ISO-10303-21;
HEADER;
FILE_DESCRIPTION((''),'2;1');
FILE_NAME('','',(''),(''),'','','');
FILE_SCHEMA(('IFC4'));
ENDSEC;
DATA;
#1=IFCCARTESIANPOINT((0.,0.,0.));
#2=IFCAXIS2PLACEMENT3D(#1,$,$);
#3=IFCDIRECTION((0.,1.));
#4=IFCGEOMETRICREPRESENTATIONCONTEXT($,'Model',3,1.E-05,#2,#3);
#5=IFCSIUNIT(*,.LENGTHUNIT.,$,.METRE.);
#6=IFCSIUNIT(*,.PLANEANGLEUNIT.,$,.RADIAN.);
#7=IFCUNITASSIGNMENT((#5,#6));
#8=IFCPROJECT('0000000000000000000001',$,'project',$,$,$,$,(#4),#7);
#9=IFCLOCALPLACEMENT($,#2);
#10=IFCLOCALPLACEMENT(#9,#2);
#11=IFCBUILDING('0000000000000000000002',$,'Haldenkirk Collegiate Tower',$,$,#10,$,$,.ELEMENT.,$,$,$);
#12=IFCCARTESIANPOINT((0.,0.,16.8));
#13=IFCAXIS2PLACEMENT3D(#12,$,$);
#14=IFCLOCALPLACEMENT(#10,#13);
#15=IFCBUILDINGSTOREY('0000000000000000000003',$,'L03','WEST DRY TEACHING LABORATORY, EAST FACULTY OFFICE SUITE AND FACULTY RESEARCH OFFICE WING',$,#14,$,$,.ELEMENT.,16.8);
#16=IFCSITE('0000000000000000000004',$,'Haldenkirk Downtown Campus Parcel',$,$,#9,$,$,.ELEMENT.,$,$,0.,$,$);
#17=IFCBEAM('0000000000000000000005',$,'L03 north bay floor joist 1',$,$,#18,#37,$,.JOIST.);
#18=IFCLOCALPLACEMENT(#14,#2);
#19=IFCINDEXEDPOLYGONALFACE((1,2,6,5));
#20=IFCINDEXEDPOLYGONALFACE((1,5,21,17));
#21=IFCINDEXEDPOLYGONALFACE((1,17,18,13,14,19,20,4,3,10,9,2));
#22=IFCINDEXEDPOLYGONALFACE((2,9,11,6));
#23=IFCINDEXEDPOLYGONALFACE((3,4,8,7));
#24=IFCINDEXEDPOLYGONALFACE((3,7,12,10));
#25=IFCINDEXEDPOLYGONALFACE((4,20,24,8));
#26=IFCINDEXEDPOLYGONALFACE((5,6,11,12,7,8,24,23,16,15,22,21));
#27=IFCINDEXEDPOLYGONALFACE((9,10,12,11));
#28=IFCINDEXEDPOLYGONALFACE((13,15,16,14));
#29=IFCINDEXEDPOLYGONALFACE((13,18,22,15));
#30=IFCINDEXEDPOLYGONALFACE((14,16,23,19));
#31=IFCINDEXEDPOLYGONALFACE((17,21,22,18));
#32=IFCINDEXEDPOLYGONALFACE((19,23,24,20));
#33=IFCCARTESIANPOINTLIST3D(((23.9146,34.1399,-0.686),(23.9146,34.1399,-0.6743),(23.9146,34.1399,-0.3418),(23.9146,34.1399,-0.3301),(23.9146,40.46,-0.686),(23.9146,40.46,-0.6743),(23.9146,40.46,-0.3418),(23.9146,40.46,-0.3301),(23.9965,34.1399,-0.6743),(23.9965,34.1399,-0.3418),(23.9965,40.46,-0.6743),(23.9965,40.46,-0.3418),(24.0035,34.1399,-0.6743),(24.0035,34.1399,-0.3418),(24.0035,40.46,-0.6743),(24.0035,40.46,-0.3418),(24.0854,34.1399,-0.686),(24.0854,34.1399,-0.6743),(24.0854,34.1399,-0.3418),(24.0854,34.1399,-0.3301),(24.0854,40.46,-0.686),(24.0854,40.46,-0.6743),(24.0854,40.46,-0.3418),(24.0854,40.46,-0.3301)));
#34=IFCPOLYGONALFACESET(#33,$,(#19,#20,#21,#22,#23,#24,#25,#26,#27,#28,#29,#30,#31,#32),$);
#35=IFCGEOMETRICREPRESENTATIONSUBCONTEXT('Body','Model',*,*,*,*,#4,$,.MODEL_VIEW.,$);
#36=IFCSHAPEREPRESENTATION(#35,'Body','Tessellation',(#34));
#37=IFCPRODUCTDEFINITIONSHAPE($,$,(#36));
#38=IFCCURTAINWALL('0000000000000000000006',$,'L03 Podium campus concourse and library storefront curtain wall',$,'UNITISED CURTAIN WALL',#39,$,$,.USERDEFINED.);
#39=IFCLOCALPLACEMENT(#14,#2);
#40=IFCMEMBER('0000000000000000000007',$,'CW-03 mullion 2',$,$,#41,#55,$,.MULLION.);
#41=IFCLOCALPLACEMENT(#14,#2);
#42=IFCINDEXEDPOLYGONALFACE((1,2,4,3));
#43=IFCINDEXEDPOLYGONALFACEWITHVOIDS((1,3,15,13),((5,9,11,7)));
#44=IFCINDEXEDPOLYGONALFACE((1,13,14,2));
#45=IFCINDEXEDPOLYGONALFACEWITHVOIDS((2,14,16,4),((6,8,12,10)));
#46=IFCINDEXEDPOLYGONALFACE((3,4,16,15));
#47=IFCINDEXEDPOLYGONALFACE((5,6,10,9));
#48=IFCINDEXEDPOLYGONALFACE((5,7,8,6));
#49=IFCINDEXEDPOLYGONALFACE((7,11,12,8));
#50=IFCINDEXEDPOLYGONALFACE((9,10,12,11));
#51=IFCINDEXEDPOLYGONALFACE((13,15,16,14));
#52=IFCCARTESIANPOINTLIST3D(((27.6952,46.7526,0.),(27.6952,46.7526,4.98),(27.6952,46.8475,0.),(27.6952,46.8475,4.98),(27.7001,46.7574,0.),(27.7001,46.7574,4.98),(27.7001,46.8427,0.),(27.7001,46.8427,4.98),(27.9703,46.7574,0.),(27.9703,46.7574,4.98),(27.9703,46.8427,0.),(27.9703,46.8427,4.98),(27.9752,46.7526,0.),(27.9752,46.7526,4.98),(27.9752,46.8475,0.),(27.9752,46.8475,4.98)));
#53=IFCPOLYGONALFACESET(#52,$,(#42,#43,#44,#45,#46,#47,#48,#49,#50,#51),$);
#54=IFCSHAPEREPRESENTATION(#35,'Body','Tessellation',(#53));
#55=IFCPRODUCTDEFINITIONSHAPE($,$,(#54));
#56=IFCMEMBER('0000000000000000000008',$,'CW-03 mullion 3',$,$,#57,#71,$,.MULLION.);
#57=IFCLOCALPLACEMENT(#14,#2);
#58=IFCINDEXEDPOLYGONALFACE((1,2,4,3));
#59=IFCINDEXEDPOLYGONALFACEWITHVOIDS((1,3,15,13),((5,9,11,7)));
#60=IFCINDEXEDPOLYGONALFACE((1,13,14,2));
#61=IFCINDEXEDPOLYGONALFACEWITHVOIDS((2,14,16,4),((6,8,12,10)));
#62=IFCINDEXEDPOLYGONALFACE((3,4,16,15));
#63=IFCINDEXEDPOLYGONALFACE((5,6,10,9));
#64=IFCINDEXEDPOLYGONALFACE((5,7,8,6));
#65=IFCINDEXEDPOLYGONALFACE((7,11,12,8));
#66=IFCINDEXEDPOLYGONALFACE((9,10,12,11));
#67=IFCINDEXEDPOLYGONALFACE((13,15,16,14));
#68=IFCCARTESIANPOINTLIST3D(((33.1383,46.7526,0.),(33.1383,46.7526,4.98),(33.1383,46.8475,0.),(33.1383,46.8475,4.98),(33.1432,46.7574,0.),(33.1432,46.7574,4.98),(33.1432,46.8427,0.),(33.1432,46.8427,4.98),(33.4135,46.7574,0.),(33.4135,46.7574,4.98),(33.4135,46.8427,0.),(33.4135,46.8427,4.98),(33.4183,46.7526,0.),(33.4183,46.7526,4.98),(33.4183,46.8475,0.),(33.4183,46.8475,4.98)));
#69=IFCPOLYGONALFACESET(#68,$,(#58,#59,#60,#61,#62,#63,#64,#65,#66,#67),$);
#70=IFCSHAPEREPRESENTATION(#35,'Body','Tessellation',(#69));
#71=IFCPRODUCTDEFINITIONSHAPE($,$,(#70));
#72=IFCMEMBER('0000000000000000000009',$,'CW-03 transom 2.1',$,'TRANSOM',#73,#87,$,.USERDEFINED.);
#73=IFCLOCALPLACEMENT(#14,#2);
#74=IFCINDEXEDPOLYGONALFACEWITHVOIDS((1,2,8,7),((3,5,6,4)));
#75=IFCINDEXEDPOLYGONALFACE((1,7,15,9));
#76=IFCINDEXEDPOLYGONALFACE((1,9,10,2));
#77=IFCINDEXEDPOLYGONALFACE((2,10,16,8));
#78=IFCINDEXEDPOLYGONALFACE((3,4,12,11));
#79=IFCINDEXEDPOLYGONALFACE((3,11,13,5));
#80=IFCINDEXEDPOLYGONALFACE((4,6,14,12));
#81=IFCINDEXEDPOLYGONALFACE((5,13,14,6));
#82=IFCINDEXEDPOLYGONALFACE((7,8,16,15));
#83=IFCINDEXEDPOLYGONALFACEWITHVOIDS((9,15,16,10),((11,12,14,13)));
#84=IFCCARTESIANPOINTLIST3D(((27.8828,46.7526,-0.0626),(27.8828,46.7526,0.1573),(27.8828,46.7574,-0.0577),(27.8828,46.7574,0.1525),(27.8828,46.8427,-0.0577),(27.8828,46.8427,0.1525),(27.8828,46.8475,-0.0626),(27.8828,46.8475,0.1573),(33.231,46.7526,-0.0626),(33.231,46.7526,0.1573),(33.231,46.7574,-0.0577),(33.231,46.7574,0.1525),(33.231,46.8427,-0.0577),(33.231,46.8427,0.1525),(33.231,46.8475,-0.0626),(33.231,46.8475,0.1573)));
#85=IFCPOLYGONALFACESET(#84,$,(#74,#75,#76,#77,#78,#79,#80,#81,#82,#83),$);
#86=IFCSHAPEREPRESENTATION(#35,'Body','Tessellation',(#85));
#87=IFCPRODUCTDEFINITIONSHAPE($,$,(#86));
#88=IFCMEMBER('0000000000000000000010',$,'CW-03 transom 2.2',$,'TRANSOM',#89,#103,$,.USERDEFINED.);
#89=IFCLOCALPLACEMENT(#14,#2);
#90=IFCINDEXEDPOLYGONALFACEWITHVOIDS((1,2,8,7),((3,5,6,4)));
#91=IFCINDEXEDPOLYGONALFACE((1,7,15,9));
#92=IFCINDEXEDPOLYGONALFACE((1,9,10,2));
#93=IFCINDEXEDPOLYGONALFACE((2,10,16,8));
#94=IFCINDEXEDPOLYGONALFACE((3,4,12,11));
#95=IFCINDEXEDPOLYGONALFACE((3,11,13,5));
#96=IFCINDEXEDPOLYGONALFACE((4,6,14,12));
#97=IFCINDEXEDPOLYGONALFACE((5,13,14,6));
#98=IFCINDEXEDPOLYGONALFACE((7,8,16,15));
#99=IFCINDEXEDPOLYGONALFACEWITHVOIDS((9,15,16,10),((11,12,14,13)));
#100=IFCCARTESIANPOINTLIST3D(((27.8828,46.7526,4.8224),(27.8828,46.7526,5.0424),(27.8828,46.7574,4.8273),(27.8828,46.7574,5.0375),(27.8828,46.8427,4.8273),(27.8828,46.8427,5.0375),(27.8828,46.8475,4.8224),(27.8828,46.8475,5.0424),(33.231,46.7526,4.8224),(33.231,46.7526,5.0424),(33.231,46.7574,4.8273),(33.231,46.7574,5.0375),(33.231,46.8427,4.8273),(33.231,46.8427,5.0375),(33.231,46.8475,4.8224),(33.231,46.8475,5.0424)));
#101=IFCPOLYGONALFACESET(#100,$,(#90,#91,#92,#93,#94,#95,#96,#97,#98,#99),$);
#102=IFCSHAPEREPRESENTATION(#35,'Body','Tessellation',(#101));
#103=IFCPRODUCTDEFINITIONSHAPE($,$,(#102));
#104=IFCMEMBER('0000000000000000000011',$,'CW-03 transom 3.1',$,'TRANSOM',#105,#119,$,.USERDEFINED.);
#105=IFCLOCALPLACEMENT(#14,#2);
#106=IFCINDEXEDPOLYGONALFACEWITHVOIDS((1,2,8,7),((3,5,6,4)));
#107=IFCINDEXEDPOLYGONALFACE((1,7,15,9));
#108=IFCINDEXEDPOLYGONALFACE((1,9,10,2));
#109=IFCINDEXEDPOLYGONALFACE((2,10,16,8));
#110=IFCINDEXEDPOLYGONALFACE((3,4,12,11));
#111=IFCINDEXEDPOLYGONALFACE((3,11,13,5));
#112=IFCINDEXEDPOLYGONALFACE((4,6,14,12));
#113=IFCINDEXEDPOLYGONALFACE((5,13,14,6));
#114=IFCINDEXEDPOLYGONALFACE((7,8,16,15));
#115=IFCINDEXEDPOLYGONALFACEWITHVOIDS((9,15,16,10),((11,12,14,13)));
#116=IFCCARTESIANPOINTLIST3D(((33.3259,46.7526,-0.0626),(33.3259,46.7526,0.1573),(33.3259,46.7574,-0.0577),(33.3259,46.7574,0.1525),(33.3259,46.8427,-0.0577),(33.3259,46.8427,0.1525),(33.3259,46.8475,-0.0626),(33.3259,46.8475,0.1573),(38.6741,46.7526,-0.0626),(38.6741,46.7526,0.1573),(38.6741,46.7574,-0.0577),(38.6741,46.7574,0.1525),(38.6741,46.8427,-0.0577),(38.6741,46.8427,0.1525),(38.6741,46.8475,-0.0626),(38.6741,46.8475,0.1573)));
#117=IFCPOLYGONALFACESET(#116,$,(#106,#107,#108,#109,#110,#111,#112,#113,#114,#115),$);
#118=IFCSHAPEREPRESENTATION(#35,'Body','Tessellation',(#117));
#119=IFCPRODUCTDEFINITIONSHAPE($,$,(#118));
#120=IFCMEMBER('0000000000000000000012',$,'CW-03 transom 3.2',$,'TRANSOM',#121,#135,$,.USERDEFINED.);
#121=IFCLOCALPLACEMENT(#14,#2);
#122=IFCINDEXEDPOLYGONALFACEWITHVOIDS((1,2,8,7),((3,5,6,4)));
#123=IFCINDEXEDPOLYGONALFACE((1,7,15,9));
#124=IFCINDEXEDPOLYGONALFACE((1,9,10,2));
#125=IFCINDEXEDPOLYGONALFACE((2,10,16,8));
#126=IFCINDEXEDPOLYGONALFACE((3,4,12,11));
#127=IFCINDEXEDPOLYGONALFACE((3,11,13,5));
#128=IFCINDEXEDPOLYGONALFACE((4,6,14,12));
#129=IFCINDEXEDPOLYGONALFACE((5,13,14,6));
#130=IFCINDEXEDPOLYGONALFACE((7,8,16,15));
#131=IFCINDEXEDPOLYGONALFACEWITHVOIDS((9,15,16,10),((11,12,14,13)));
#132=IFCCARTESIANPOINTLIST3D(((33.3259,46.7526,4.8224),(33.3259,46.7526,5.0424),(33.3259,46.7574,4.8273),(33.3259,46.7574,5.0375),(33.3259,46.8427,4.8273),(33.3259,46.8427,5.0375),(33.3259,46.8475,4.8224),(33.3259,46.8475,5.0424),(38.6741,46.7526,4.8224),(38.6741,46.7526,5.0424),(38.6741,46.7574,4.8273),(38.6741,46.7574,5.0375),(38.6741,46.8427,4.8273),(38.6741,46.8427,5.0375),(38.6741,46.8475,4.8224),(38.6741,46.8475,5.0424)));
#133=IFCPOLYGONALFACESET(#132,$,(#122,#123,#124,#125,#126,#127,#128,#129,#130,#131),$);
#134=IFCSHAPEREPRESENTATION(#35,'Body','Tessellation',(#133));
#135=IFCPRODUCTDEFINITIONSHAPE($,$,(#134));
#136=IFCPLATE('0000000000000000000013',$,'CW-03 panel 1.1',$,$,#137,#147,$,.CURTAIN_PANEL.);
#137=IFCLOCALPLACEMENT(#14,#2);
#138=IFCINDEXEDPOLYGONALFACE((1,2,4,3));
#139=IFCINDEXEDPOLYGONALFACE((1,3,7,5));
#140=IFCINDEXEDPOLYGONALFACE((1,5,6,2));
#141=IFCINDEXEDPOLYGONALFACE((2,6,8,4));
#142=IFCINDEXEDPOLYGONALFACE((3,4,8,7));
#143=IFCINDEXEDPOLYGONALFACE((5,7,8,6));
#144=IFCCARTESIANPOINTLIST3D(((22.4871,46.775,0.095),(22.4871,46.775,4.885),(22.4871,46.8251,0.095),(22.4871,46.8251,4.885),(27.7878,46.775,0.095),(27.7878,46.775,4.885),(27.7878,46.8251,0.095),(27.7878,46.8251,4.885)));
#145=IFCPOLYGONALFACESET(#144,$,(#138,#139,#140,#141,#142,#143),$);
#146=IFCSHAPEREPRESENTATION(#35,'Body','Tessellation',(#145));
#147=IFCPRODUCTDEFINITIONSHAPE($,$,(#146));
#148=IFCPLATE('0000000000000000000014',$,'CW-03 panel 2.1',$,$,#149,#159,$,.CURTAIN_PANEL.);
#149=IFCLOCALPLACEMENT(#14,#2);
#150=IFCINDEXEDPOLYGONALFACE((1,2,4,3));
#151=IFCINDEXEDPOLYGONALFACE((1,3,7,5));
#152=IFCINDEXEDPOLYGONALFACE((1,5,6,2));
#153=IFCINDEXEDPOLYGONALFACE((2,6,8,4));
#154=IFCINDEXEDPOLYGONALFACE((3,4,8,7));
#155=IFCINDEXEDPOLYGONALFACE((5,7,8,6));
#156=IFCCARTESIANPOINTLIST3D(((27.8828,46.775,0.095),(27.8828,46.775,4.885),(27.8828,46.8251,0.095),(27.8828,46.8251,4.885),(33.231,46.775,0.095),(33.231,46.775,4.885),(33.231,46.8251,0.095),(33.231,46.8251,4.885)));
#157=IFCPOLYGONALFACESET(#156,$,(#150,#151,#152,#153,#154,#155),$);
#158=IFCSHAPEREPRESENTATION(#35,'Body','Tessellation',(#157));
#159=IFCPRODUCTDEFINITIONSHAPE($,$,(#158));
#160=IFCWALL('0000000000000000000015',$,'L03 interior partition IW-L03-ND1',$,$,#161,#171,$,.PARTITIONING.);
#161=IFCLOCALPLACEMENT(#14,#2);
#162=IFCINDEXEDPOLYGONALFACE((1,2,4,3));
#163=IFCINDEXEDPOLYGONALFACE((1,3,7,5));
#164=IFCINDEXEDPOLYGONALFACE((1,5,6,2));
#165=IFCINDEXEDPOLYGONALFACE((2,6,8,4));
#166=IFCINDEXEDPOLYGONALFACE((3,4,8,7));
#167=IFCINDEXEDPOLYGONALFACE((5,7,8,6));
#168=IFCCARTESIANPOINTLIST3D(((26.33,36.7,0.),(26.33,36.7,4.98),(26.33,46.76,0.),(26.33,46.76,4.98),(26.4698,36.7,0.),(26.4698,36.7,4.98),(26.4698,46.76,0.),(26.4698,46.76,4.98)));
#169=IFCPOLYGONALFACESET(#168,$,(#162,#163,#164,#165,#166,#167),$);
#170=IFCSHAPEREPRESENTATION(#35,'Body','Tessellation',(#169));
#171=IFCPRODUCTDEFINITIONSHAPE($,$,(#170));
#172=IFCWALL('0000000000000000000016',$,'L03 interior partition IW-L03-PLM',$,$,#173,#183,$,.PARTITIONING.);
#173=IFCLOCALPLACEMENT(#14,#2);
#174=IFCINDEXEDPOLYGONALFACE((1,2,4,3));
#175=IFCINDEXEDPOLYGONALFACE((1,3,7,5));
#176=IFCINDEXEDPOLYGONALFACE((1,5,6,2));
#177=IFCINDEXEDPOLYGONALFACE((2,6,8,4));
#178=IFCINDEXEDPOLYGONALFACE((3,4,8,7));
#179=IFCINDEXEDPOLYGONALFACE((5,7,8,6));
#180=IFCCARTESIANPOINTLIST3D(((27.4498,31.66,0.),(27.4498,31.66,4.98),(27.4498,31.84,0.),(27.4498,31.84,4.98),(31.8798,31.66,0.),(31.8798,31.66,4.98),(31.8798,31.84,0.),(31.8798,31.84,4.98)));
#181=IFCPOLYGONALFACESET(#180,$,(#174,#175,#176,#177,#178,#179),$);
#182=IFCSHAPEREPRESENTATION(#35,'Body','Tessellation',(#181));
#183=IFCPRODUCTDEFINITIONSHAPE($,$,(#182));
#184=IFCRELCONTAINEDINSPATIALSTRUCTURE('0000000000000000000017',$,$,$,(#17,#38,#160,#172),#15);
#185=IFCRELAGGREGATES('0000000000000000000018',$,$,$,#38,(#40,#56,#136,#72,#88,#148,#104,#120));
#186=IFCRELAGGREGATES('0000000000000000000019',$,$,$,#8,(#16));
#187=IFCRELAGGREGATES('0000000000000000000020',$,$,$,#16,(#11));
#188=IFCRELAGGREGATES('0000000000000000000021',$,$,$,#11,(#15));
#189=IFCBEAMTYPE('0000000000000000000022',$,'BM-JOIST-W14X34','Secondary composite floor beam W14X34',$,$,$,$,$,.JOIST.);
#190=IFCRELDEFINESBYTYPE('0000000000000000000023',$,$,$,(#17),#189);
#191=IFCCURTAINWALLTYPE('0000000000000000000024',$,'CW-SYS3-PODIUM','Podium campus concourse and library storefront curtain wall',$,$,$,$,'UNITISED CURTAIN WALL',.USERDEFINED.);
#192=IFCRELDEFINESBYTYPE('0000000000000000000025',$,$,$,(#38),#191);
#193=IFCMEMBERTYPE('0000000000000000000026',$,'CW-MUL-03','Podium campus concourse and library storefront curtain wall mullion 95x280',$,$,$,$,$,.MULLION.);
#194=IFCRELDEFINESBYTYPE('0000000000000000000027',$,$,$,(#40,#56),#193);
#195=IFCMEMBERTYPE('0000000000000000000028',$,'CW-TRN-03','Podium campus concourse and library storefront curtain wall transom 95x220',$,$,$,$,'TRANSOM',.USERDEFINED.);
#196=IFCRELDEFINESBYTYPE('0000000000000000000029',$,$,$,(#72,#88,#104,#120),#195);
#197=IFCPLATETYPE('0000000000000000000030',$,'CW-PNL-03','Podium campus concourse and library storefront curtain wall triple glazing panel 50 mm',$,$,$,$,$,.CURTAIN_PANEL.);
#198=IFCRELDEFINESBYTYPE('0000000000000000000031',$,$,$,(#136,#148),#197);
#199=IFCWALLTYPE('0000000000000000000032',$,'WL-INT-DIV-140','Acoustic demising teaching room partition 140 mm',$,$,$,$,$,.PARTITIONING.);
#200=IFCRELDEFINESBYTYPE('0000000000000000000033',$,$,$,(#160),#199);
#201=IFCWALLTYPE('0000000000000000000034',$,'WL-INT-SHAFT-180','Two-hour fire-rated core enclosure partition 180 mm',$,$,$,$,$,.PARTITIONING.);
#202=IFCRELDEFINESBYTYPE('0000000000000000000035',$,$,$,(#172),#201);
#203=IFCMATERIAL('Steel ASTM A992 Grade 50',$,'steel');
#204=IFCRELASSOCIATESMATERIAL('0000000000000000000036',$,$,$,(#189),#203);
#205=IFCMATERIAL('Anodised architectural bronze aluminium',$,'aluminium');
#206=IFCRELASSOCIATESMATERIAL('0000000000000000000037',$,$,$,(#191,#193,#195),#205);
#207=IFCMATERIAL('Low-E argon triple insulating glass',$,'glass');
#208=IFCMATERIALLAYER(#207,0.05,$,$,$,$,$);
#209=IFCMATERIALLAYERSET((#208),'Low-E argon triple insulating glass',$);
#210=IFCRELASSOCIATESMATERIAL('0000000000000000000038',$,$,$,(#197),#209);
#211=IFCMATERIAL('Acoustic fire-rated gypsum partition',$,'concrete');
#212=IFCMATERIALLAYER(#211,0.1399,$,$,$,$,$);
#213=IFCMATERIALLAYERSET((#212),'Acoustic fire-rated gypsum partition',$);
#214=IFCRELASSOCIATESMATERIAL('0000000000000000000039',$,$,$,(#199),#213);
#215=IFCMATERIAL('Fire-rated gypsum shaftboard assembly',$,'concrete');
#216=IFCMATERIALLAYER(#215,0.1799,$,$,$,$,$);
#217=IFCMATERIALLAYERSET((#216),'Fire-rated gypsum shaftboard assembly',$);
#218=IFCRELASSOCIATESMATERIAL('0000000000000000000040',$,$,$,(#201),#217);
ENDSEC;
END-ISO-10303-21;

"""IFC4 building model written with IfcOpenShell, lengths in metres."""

from ifc_helpers import new_model, si_unit, direction, frame, frame_2d, origin, origin_2d, place, context, subcontext, project, spatial, rectangle, hollow_rectangle, i_section, extrude, source, transform, mapped, material, layer, layer_set, material_profile, profile_set, type_object, element, aggregate, save


model = new_model("IFC4")

# Units and contexts
model_context = context("Model", 3, precision=1e-05, world=origin(), true_north=direction((0.0, 1.0)))
body_context = subcontext(model_context, "Body", "Model", "MODEL_VIEW")
ifc_project = project(units=[si_unit("LENGTHUNIT", "METRE"), si_unit("PLANEANGLEUNIT", "RADIAN")], contexts=[model_context])

# Site, building, storey
site_placement = place(None, origin())
site = spatial("IfcSite", under=ifc_project, at=site_placement, Name="Haldenkirk Downtown Campus Parcel", CompositionType="ELEMENT", RefElevation=0.0)
building_placement = place(site_placement, origin())
building = spatial("IfcBuilding", under=site, at=building_placement, Name="Haldenkirk Collegiate Tower", CompositionType="ELEMENT")
storey_placement = place(building_placement, frame((0.0, 0.0, 16.8)))
storey = spatial("IfcBuildingStorey", under=building, at=storey_placement, Name="L03", Description="WEST DRY TEACHING LABORATORY, EAST FACULTY OFFICE SUITE AND FACULTY RESEARCH OFFICE WING", CompositionType="ELEMENT", Elevation=16.8)

# Beam
ifc_material_1 = material(Name="Steel ASTM A992 Grade 50", Category="steel")
ifc_material_profile_1 = material_profile(ifc_material_1, i_section(OverallWidth=0.1709, OverallDepth=0.356, WebThickness=0.0071, FlangeThickness=0.0117, at=origin_2d()), Name="W14X34")
ifc_profile_set_1 = profile_set([ifc_material_profile_1], Name="Steel ASTM A992 Grade 50")
beam_type = type_object("IfcBeamType", Name="BM-JOIST-W14X34", Description="Secondary composite floor beam W14X34", PredefinedType="JOIST", material=ifc_profile_set_1)
beam_placement = place(storey_placement, frame((24.0, 34.1399, -0.5081), z_axis=(0.0, 1.0, 0.0), x_axis=(-1.0, 0.0, 0.0)))
element("IfcBeam", 1, at=beam_placement, inside=storey, type_object=beam_type, Name="L03 north bay floor joist 1", PredefinedType="JOIST", context=body_context, shape_type="SweptSolid", body=[
    extrude(i_section(OverallWidth=0.1709, OverallDepth=0.356, WebThickness=0.0071, FlangeThickness=0.0117, at=origin_2d()), origin(), (0.0, 0.0, 1.0), 6.3201),
])

# Curtain wall, members, plates
ifc_material_2 = material(Name="Anodised architectural bronze aluminium", Category="aluminium")
curtain_wall_type = type_object("IfcCurtainWallType", Name="CW-SYS3-PODIUM", Description="Podium campus concourse and library storefront curtain wall", ElementType="UNITISED CURTAIN WALL", PredefinedType="USERDEFINED", material=ifc_material_2)
curtain_wall_placement = place(storey_placement, origin())
curtain_wall = element("IfcCurtainWall", 2, at=curtain_wall_placement, inside=storey, type_object=curtain_wall_type, Name="L03 Podium campus concourse and library storefront curtain wall", ObjectType="UNITISED CURTAIN WALL", PredefinedType="USERDEFINED")
ifc_material_profile_2 = material_profile(ifc_material_2, hollow_rectangle(XDim=0.095, YDim=0.28, WallThickness=0.0049, at=origin_2d()), Name="CW-MUL-03")
ifc_profile_set_2 = profile_set([ifc_material_profile_2], Name="Anodised architectural bronze aluminium")
member_type_1 = type_object("IfcMemberType", Name="CW-MUL-03", Description="Podium campus concourse and library storefront curtain wall mullion 95x280", PredefinedType="MULLION", material=ifc_profile_set_2)
member_1_placement = place(storey_placement, frame((27.8352, 46.8, 0.0), z_axis=(0.0, 0.0, 1.0), x_axis=(0.0, 1.0, 0.0)))
member_1 = element("IfcMember", 3, at=member_1_placement, type_object=member_type_1, Name="CW-03 mullion 2", PredefinedType="MULLION", context=body_context, shape_type="SweptSolid", body=[
    extrude(hollow_rectangle(XDim=0.095, YDim=0.28, WallThickness=0.0049, at=origin_2d()), origin(), (0.0, 0.0, 1.0), 4.98),
])
member_2_placement = place(storey_placement, frame((33.2783, 46.8, 0.0), z_axis=(0.0, 0.0, 1.0), x_axis=(0.0, 1.0, 0.0)))
member_2 = element("IfcMember", 4, at=member_2_placement, type_object=member_type_1, Name="CW-03 mullion 3", PredefinedType="MULLION", context=body_context, shape_type="SweptSolid", body=[
    extrude(hollow_rectangle(XDim=0.095, YDim=0.28, WallThickness=0.0049, at=origin_2d()), origin(), (0.0, 0.0, 1.0), 4.98),
])
ifc_material_profile_3 = material_profile(ifc_material_2, hollow_rectangle(XDim=0.095, YDim=0.22, WallThickness=0.0049, at=origin_2d()), Name="CW-TRN-03")
ifc_profile_set_3 = profile_set([ifc_material_profile_3], Name="Anodised architectural bronze aluminium")
member_type_2 = type_object("IfcMemberType", Name="CW-TRN-03", Description="Podium campus concourse and library storefront curtain wall transom 95x220", ElementType="TRANSOM", PredefinedType="USERDEFINED", material=ifc_profile_set_3)
member_3_placement = place(storey_placement, frame((27.8828, 46.8, 0.0474), z_axis=(1.0, 0.0, 0.0), x_axis=(0.0, 1.0, 0.0)))
member_3 = element("IfcMember", 5, at=member_3_placement, type_object=member_type_2, Name="CW-03 transom 2.1", ObjectType="TRANSOM", PredefinedType="USERDEFINED", context=body_context, shape_type="SweptSolid", body=[
    extrude(hollow_rectangle(XDim=0.095, YDim=0.22, WallThickness=0.0049, at=origin_2d()), origin(), (0.0, 0.0, 1.0), 5.3481),
])
member_4_placement = place(storey_placement, frame((27.8828, 46.8, 4.9324), z_axis=(1.0, 0.0, 0.0), x_axis=(0.0, 1.0, 0.0)))
member_4 = element("IfcMember", 6, at=member_4_placement, type_object=member_type_2, Name="CW-03 transom 2.2", ObjectType="TRANSOM", PredefinedType="USERDEFINED", context=body_context, shape_type="SweptSolid", body=[
    extrude(hollow_rectangle(XDim=0.095, YDim=0.22, WallThickness=0.0049, at=origin_2d()), origin(), (0.0, 0.0, 1.0), 5.3481),
])
member_5_placement = place(storey_placement, frame((33.3259, 46.8, 0.0474), z_axis=(1.0, 0.0, 0.0), x_axis=(0.0, 1.0, 0.0)))
member_5 = element("IfcMember", 7, at=member_5_placement, type_object=member_type_2, Name="CW-03 transom 3.1", ObjectType="TRANSOM", PredefinedType="USERDEFINED", context=body_context, shape_type="SweptSolid", body=[
    extrude(hollow_rectangle(XDim=0.095, YDim=0.22, WallThickness=0.0049, at=origin_2d()), origin(), (0.0, 0.0, 1.0), 5.3481),
])
member_6_placement = place(storey_placement, frame((33.3259, 46.8, 4.9324), z_axis=(1.0, 0.0, 0.0), x_axis=(0.0, 1.0, 0.0)))
member_6 = element("IfcMember", 8, at=member_6_placement, type_object=member_type_2, Name="CW-03 transom 3.2", ObjectType="TRANSOM", PredefinedType="USERDEFINED", context=body_context, shape_type="SweptSolid", body=[
    extrude(hollow_rectangle(XDim=0.095, YDim=0.22, WallThickness=0.0049, at=origin_2d()), origin(), (0.0, 0.0, 1.0), 5.3481),
])
ifc_material_3 = material(Name="Low-E argon triple insulating glass", Category="glass")
ifc_layer_1 = layer(ifc_material_3, 0.05)
ifc_layer_set_1 = layer_set([ifc_layer_1], Name="Low-E argon triple insulating glass")
plate_type = type_object("IfcPlateType", Name="CW-PNL-03", Description="Podium campus concourse and library storefront curtain wall triple glazing panel 50 mm", PredefinedType="CURTAIN_PANEL", material=ifc_layer_set_1)
shared_shape_1 = source(origin(), body_context, "Body", "SweptSolid", [
    extrude(rectangle(XDim=5.3008, YDim=0.05, at=origin_2d()), origin(), (0.0, 0.0, 1.0), 4.79),
])
plate_1_placement = place(storey_placement, frame((25.1375, 46.8, 0.095), z_axis=(0.0, 0.0, 1.0), x_axis=(1.0, 0.0, 0.0)))
plate_1 = element("IfcPlate", 9, at=plate_1_placement, type_object=plate_type, Name="CW-03 panel 1.1", PredefinedType="CURTAIN_PANEL", context=body_context, shape_type="MappedRepresentation", body=[
    mapped(shared_shape_1, transform((0.0, 0.0, 0.0), x_axis=(1.0, 0.0, 0.0), y_axis=(0.0, 1.0, 0.0), z_axis=(0.0, 0.0, 1.0), scale=1.0)),
])
shared_shape_2 = source(origin(), body_context, "Body", "SweptSolid", [
    extrude(rectangle(XDim=5.3481, YDim=0.05, at=origin_2d()), origin(), (0.0, 0.0, 1.0), 4.79),
])
plate_2_placement = place(storey_placement, frame((30.5569, 46.8, 0.095), z_axis=(0.0, 0.0, 1.0), x_axis=(1.0, 0.0, 0.0)))
plate_2 = element("IfcPlate", 10, at=plate_2_placement, type_object=plate_type, Name="CW-03 panel 2.1", PredefinedType="CURTAIN_PANEL", context=body_context, shape_type="MappedRepresentation", body=[
    mapped(shared_shape_2, transform((0.0, 0.0, 0.0), x_axis=(1.0, 0.0, 0.0), y_axis=(0.0, 1.0, 0.0), z_axis=(0.0, 0.0, 1.0), scale=1.0)),
])
aggregate(curtain_wall, [member_1, member_2, plate_1, member_3, member_4, plate_2, member_5, member_6])

# Walls
ifc_material_4 = material(Name="Acoustic fire-rated gypsum partition", Category="concrete")
ifc_layer_2 = layer(ifc_material_4, 0.1399)
ifc_layer_set_2 = layer_set([ifc_layer_2], Name="Acoustic fire-rated gypsum partition")
wall_type_1 = type_object("IfcWallType", Name="WL-INT-DIV-140", Description="Acoustic demising teaching room partition 140 mm", PredefinedType="PARTITIONING", material=ifc_layer_set_2)
wall_1_placement = place(storey_placement, frame((26.3999, 36.7, 0.0), z_axis=(0.0, 0.0, 1.0), x_axis=(0.0, 1.0, 0.0)))
element("IfcWall", 11, at=wall_1_placement, inside=storey, type_object=wall_type_1, Name="L03 interior partition IW-L03-ND1", PredefinedType="PARTITIONING", context=body_context, shape_type="SweptSolid", body=[
    extrude(rectangle(XDim=10.0601, YDim=0.1399, at=frame_2d((5.03, 0.0))), origin(), (0.0, 0.0, 1.0), 4.98),
])
ifc_material_5 = material(Name="Fire-rated gypsum shaftboard assembly", Category="concrete")
ifc_layer_3 = layer(ifc_material_5, 0.1799)
ifc_layer_set_3 = layer_set([ifc_layer_3], Name="Fire-rated gypsum shaftboard assembly")
wall_type_2 = type_object("IfcWallType", Name="WL-INT-SHAFT-180", Description="Two-hour fire-rated core enclosure partition 180 mm", PredefinedType="PARTITIONING", material=ifc_layer_set_3)
wall_2_placement = place(storey_placement, frame((27.45, 31.75, 0.0), z_axis=(0.0, 0.0, 1.0), x_axis=(1.0, 0.0, 0.0)))
element("IfcWall", 12, at=wall_2_placement, inside=storey, type_object=wall_type_2, Name="L03 interior partition IW-L03-PLM", PredefinedType="PARTITIONING", context=body_context, shape_type="SweptSolid", body=[
    extrude(rectangle(XDim=4.4299, YDim=0.1799, at=frame_2d((2.2148, 0.0))), origin(), (0.0, 0.0, 1.0), 4.98),
])

save(model, "model.ifc")
